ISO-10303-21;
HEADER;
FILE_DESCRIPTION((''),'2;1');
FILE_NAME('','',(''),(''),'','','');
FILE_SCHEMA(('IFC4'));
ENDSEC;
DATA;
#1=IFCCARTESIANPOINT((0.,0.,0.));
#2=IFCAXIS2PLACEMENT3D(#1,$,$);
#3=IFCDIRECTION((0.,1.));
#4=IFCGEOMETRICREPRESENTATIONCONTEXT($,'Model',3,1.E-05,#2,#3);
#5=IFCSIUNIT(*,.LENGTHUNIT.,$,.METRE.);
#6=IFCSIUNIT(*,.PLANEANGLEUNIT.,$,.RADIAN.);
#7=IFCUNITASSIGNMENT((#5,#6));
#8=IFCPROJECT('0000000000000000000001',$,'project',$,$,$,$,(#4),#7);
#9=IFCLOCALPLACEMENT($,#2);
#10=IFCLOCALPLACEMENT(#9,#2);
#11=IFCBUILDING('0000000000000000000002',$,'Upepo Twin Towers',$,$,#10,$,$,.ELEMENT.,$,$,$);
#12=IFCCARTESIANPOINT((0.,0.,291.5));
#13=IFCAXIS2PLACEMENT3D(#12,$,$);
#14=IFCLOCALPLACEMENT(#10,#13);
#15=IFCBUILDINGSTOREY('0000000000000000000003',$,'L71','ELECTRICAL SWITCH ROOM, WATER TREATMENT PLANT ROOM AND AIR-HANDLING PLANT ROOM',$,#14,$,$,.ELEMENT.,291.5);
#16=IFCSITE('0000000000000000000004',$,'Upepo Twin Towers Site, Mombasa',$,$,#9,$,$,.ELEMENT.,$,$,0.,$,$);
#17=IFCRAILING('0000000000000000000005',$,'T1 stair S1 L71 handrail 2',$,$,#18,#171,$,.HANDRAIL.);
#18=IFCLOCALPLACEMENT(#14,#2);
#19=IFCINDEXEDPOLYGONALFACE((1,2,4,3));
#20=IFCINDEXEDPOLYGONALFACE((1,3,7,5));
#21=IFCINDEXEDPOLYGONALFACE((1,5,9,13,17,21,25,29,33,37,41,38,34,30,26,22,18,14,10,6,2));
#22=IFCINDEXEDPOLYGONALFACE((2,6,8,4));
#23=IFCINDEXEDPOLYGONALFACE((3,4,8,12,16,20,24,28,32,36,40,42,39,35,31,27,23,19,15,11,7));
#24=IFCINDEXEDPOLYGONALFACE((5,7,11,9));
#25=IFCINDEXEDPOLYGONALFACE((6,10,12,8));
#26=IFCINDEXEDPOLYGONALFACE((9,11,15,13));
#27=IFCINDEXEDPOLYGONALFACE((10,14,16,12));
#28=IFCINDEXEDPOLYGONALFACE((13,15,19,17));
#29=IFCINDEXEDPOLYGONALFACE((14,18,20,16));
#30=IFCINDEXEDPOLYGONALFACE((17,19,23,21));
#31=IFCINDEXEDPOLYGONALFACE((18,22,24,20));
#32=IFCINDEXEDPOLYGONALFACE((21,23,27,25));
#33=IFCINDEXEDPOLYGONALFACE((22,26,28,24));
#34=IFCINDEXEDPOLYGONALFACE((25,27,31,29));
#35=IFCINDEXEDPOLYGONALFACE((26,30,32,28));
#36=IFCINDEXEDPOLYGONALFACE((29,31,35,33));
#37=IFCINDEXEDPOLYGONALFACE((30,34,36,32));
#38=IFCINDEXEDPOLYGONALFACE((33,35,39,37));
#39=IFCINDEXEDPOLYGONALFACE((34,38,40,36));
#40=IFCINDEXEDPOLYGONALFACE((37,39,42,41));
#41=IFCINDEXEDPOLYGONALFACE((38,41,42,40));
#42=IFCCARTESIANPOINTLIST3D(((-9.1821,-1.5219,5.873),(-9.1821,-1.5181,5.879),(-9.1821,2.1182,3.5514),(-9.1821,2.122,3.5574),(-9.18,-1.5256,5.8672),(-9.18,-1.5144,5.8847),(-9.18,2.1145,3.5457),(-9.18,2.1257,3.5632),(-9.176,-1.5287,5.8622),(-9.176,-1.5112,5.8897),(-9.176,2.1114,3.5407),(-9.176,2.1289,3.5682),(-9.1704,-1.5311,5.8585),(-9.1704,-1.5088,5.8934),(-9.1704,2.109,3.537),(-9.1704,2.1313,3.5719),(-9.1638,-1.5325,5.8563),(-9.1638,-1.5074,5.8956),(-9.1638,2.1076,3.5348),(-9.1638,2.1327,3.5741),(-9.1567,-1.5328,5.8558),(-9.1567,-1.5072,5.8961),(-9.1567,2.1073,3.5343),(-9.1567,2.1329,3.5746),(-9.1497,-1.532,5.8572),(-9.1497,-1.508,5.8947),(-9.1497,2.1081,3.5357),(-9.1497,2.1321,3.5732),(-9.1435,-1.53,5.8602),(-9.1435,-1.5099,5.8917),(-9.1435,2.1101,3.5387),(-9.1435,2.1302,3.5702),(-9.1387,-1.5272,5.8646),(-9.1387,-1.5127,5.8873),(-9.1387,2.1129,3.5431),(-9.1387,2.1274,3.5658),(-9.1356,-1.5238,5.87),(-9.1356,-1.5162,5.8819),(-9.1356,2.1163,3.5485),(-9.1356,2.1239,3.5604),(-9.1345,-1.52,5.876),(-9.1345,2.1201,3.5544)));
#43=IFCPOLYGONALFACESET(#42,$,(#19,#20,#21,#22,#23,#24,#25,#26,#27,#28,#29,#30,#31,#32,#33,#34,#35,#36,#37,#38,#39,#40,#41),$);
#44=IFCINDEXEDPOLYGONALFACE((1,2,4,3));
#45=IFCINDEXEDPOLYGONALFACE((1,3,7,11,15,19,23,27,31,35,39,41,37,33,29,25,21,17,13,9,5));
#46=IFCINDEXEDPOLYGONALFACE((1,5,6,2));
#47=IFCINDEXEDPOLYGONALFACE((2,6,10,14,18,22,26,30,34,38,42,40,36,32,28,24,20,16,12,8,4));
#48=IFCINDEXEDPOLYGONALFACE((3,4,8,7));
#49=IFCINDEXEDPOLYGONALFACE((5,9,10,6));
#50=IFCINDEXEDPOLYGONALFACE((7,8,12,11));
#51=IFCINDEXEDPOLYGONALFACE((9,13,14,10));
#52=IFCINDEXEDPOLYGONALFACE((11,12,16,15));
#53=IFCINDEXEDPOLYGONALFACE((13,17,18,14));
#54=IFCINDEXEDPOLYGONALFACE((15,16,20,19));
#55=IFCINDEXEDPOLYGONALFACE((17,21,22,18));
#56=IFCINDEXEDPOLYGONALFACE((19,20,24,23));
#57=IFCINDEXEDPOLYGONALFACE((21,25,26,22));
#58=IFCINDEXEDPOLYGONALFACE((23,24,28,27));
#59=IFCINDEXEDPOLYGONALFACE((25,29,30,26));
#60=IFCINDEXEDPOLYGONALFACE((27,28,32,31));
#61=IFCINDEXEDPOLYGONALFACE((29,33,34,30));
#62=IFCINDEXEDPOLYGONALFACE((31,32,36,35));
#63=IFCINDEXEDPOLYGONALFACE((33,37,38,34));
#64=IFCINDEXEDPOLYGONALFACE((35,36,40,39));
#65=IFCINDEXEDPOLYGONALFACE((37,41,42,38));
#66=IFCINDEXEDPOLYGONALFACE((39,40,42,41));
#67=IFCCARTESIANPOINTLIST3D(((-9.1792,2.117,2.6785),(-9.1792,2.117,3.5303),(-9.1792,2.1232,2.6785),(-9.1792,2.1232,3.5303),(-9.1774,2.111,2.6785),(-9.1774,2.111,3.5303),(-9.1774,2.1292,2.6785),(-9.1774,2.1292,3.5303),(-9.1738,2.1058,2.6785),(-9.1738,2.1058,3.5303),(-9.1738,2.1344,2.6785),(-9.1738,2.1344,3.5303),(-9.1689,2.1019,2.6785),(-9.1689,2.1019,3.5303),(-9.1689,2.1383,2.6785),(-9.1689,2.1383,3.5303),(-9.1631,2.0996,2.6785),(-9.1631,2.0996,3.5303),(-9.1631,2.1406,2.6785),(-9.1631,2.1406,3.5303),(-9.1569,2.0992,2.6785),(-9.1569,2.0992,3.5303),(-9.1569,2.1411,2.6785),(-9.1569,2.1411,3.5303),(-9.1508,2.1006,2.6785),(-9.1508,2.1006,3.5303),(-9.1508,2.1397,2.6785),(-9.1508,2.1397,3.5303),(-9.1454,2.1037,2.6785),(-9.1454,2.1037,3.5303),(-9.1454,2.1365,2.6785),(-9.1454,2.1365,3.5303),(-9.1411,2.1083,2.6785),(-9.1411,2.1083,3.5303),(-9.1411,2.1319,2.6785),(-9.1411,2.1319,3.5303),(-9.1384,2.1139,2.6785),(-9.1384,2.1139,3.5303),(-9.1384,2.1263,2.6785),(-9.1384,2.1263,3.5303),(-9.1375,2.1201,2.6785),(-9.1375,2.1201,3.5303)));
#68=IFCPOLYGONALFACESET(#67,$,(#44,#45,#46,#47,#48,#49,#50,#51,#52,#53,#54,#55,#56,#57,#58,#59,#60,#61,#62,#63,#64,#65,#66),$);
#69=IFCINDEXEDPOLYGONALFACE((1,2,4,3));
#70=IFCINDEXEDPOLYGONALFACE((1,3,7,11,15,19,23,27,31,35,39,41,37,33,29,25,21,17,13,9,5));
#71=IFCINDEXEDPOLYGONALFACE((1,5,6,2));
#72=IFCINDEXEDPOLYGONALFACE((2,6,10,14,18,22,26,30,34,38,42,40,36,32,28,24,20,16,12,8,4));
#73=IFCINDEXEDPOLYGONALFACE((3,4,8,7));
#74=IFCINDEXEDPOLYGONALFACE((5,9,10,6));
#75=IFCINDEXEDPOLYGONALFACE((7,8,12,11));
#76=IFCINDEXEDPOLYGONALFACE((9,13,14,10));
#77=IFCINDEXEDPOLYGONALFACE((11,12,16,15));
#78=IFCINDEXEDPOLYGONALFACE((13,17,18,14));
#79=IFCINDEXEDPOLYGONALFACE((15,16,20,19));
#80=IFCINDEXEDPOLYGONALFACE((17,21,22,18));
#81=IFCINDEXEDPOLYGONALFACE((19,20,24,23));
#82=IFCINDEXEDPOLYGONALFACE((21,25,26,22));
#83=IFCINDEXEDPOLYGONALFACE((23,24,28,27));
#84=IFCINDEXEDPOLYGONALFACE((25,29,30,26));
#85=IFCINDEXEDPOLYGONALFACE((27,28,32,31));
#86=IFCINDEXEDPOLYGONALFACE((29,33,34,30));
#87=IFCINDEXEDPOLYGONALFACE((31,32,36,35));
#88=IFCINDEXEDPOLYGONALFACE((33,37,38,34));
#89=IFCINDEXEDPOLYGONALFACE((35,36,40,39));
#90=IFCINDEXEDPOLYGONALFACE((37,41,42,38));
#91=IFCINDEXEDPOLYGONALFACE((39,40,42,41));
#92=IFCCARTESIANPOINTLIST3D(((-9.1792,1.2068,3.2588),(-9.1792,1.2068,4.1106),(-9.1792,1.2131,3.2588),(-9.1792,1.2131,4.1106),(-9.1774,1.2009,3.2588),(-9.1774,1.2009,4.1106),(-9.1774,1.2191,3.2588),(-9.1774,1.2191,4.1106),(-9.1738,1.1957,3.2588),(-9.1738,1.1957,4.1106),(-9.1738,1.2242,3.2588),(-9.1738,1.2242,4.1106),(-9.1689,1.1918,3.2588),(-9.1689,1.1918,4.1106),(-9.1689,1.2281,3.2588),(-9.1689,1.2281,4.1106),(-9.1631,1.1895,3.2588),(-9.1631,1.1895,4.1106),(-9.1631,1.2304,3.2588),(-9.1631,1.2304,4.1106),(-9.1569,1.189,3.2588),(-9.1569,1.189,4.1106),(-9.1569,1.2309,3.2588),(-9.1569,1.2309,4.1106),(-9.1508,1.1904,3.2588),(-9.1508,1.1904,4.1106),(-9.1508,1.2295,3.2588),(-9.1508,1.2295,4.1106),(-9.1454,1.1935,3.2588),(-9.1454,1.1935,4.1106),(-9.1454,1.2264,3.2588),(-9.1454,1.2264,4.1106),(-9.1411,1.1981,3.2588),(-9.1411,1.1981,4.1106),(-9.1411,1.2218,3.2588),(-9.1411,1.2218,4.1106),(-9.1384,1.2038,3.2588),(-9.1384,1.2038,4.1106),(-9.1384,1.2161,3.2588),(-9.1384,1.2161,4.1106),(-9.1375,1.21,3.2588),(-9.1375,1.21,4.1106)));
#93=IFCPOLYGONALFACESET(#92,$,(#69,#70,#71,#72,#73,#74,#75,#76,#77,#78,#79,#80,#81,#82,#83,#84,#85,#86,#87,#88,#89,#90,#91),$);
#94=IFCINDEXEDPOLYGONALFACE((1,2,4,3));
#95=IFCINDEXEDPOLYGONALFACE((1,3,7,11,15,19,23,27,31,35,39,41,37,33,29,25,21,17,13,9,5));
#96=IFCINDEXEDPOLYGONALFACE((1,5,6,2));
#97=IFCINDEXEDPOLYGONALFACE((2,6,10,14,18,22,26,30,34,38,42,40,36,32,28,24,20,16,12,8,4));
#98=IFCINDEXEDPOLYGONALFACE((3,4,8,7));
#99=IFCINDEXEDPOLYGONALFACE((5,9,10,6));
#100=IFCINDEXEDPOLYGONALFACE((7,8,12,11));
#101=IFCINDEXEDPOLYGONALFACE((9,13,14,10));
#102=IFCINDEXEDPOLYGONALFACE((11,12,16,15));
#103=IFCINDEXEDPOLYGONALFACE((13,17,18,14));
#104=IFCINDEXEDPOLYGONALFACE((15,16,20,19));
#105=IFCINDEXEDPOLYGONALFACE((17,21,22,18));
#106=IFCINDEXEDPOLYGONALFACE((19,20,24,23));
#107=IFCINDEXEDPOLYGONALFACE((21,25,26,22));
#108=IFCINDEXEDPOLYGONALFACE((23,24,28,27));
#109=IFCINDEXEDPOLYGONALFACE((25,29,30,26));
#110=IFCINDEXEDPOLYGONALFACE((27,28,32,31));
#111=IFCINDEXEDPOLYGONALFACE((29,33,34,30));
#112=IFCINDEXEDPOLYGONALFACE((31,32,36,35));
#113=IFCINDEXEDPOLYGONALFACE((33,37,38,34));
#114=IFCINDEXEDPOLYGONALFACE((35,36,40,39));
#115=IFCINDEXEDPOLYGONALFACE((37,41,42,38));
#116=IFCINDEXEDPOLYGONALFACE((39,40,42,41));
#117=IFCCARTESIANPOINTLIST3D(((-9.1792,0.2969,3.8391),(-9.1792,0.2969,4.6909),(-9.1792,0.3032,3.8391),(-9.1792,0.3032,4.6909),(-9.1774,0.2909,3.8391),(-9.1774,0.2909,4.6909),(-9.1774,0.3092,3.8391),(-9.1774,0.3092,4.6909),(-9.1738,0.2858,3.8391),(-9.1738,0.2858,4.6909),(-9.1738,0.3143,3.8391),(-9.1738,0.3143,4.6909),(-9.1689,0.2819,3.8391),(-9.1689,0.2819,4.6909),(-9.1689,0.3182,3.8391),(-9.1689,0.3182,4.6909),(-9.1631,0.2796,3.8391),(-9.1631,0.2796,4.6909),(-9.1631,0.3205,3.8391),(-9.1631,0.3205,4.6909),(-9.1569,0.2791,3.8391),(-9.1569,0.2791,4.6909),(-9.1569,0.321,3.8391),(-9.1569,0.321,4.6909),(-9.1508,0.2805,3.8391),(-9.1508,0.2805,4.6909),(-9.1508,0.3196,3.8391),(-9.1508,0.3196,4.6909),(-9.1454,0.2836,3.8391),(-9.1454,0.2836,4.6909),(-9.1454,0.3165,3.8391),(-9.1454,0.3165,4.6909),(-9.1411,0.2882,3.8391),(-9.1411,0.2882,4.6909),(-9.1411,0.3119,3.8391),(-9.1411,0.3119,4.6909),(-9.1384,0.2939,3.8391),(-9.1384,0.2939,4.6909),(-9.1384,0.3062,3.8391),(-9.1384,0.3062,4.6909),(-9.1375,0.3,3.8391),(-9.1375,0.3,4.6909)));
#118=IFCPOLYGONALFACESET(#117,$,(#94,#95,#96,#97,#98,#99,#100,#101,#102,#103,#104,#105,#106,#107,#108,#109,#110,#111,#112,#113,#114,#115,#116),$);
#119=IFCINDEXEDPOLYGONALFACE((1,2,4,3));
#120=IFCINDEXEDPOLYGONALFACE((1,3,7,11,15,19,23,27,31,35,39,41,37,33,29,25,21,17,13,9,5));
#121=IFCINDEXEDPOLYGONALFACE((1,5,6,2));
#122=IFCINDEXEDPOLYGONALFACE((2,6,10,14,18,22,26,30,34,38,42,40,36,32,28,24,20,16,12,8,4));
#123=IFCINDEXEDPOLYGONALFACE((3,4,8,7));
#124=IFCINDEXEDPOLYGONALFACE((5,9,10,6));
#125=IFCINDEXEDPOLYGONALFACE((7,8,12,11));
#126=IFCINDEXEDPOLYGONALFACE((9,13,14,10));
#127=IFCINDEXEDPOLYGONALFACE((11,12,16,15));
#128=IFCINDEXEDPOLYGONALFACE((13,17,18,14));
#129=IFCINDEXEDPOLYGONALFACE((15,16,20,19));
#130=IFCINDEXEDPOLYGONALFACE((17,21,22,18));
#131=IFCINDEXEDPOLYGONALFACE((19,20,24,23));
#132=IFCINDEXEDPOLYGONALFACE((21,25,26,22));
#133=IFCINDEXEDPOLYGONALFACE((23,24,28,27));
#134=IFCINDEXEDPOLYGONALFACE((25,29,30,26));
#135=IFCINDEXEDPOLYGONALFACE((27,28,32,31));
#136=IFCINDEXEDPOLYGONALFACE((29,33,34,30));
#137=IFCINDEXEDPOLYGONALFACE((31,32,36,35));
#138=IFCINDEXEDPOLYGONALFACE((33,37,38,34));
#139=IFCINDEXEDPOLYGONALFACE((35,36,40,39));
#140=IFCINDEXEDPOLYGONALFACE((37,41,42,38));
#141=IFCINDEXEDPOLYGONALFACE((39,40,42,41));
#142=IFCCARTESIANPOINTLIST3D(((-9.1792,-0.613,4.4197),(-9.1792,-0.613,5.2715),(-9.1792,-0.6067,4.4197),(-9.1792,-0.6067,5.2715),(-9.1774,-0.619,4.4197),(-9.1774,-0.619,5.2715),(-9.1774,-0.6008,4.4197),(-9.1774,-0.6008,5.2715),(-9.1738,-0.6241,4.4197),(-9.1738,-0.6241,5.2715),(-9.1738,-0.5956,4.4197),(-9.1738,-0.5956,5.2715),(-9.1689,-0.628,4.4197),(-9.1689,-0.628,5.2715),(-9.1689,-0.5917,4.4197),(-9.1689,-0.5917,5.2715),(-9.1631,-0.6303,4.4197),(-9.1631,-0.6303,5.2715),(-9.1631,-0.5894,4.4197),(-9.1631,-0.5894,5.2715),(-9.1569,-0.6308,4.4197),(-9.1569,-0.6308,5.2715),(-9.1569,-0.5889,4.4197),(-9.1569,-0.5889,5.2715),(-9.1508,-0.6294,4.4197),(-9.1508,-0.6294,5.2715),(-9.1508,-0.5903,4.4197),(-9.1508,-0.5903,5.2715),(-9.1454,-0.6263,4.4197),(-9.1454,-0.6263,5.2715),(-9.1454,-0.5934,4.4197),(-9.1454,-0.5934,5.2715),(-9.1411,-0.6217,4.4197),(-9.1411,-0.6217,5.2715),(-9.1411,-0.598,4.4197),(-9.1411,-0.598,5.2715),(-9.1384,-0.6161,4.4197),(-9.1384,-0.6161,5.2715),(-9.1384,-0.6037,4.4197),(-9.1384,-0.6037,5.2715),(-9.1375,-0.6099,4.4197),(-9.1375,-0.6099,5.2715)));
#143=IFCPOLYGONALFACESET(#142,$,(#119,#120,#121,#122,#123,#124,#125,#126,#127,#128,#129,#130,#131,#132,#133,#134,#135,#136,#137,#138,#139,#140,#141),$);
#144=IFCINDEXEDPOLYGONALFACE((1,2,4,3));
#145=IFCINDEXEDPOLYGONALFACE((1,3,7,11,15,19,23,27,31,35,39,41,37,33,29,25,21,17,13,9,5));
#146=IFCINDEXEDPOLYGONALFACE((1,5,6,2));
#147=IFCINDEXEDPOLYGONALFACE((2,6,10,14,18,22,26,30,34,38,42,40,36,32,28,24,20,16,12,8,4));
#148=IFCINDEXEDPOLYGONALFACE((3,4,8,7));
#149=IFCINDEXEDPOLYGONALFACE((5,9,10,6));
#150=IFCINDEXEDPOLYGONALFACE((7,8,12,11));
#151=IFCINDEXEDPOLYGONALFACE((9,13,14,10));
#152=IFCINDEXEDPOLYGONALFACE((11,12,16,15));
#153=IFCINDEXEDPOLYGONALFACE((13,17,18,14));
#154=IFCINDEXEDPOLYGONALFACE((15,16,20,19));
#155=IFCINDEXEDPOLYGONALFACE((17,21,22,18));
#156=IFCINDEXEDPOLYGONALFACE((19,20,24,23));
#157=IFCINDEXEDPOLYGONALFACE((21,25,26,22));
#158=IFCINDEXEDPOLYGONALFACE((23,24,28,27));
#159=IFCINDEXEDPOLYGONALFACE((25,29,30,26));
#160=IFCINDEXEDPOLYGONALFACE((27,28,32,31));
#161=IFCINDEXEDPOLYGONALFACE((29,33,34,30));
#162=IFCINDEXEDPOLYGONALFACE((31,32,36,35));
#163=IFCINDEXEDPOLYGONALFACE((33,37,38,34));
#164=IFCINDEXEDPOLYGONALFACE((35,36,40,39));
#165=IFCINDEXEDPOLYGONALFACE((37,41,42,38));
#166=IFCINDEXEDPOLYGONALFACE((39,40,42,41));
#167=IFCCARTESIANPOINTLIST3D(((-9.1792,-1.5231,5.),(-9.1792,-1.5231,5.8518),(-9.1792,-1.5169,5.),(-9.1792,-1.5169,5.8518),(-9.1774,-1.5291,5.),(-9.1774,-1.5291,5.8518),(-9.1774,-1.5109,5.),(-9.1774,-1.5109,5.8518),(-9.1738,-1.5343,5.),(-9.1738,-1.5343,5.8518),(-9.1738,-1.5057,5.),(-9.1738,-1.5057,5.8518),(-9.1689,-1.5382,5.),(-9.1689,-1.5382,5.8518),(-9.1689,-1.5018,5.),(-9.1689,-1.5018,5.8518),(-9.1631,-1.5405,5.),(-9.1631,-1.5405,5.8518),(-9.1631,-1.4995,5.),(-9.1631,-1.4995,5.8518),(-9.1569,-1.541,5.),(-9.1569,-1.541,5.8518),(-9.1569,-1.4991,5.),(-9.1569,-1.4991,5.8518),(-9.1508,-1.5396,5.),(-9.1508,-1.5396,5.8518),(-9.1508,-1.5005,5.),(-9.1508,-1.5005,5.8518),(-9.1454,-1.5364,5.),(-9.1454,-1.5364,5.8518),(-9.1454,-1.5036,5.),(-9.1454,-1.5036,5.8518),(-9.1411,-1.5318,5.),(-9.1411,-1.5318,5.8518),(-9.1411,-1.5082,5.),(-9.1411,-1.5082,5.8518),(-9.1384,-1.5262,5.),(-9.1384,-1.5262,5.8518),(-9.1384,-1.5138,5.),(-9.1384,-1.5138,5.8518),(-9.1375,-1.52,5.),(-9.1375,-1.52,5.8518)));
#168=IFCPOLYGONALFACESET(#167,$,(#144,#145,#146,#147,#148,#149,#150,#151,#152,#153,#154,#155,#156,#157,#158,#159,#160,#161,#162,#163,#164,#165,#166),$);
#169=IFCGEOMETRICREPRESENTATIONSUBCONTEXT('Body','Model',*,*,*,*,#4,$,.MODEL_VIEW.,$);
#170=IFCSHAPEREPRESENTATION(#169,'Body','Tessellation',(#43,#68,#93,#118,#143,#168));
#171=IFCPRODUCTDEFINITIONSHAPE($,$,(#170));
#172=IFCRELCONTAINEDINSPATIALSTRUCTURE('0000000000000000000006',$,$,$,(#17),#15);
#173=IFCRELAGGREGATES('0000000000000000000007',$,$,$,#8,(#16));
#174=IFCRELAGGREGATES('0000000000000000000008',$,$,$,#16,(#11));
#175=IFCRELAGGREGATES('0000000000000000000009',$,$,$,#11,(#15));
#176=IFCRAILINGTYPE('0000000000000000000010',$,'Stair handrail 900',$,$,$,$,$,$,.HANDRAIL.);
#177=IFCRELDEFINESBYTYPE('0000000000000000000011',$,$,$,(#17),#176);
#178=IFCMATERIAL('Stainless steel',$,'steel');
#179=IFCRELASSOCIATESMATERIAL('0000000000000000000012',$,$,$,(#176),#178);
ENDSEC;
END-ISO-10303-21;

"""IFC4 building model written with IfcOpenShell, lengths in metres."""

from ifc_helpers import new_model, si_unit, direction, frame, origin, origin_2d, place, context, subcontext, project, spatial, circle, extrude, material, type_object, element, save


model = new_model("IFC4")

# Units and contexts
model_context = context("Model", 3, precision=1e-05, world=origin(), true_north=direction((0.0, 1.0)))
body_context = subcontext(model_context, "Body", "Model", "MODEL_VIEW")
ifc_project = project(units=[si_unit("LENGTHUNIT", "METRE"), si_unit("PLANEANGLEUNIT", "RADIAN")], contexts=[model_context])

# Site, building, storey
site_placement = place(None, origin())
site = spatial("IfcSite", under=ifc_project, at=site_placement, Name="Upepo Twin Towers Site, Mombasa", CompositionType="ELEMENT", RefElevation=0.0)
building_placement = place(site_placement, origin())
building = spatial("IfcBuilding", under=site, at=building_placement, Name="Upepo Twin Towers", CompositionType="ELEMENT")
storey_placement = place(building_placement, frame((0.0, 0.0, 291.5)))
storey = spatial("IfcBuildingStorey", under=building, at=storey_placement, Name="L71", Description="ELECTRICAL SWITCH ROOM, WATER TREATMENT PLANT ROOM AND AIR-HANDLING PLANT ROOM", CompositionType="ELEMENT", Elevation=291.5)

# Railing
ifc_material_1 = material(Name="Stainless steel", Category="steel")
railing_type = type_object("IfcRailingType", Name="Stair handrail 900", PredefinedType="HANDRAIL", material=ifc_material_1)
railing_placement = place(storey_placement, frame((-9.1584, 2.1201, 2.6785)))
element("IfcRailing", 1, at=railing_placement, inside=storey, type_object=railing_type, Name="T1 stair S1 L71 handrail 2", PredefinedType="HANDRAIL", context=body_context, shape_type="SweptSolid", body=[
    extrude(circle(Radius=0.0239, at=origin_2d()), frame((0.0, 0.0, 0.876), z_axis=(0.0, -0.843128, 0.537713), x_axis=(1.0, 0.0, 0.0)), (0.0, 0.0, 1.0), 4.3174),
    extrude(circle(Radius=0.021, at=origin_2d()), origin(), (0.0, 0.0, 1.0), 0.8518),
    extrude(circle(Radius=0.021, at=origin_2d()), frame((0.0, -0.9102, 0.5803)), (0.0, 0.0, 1.0), 0.8518),
    extrude(circle(Radius=0.021, at=origin_2d()), frame((0.0, -1.8201, 1.1606)), (0.0, 0.0, 1.0), 0.8518),
    extrude(circle(Radius=0.021, at=origin_2d()), frame((0.0, -2.73, 1.7412)), (0.0, 0.0, 1.0), 0.8518),
    extrude(circle(Radius=0.021, at=origin_2d()), frame((0.0, -3.6401, 2.3215)), (0.0, 0.0, 1.0), 0.8518),
])

save(model, "model.ifc")
